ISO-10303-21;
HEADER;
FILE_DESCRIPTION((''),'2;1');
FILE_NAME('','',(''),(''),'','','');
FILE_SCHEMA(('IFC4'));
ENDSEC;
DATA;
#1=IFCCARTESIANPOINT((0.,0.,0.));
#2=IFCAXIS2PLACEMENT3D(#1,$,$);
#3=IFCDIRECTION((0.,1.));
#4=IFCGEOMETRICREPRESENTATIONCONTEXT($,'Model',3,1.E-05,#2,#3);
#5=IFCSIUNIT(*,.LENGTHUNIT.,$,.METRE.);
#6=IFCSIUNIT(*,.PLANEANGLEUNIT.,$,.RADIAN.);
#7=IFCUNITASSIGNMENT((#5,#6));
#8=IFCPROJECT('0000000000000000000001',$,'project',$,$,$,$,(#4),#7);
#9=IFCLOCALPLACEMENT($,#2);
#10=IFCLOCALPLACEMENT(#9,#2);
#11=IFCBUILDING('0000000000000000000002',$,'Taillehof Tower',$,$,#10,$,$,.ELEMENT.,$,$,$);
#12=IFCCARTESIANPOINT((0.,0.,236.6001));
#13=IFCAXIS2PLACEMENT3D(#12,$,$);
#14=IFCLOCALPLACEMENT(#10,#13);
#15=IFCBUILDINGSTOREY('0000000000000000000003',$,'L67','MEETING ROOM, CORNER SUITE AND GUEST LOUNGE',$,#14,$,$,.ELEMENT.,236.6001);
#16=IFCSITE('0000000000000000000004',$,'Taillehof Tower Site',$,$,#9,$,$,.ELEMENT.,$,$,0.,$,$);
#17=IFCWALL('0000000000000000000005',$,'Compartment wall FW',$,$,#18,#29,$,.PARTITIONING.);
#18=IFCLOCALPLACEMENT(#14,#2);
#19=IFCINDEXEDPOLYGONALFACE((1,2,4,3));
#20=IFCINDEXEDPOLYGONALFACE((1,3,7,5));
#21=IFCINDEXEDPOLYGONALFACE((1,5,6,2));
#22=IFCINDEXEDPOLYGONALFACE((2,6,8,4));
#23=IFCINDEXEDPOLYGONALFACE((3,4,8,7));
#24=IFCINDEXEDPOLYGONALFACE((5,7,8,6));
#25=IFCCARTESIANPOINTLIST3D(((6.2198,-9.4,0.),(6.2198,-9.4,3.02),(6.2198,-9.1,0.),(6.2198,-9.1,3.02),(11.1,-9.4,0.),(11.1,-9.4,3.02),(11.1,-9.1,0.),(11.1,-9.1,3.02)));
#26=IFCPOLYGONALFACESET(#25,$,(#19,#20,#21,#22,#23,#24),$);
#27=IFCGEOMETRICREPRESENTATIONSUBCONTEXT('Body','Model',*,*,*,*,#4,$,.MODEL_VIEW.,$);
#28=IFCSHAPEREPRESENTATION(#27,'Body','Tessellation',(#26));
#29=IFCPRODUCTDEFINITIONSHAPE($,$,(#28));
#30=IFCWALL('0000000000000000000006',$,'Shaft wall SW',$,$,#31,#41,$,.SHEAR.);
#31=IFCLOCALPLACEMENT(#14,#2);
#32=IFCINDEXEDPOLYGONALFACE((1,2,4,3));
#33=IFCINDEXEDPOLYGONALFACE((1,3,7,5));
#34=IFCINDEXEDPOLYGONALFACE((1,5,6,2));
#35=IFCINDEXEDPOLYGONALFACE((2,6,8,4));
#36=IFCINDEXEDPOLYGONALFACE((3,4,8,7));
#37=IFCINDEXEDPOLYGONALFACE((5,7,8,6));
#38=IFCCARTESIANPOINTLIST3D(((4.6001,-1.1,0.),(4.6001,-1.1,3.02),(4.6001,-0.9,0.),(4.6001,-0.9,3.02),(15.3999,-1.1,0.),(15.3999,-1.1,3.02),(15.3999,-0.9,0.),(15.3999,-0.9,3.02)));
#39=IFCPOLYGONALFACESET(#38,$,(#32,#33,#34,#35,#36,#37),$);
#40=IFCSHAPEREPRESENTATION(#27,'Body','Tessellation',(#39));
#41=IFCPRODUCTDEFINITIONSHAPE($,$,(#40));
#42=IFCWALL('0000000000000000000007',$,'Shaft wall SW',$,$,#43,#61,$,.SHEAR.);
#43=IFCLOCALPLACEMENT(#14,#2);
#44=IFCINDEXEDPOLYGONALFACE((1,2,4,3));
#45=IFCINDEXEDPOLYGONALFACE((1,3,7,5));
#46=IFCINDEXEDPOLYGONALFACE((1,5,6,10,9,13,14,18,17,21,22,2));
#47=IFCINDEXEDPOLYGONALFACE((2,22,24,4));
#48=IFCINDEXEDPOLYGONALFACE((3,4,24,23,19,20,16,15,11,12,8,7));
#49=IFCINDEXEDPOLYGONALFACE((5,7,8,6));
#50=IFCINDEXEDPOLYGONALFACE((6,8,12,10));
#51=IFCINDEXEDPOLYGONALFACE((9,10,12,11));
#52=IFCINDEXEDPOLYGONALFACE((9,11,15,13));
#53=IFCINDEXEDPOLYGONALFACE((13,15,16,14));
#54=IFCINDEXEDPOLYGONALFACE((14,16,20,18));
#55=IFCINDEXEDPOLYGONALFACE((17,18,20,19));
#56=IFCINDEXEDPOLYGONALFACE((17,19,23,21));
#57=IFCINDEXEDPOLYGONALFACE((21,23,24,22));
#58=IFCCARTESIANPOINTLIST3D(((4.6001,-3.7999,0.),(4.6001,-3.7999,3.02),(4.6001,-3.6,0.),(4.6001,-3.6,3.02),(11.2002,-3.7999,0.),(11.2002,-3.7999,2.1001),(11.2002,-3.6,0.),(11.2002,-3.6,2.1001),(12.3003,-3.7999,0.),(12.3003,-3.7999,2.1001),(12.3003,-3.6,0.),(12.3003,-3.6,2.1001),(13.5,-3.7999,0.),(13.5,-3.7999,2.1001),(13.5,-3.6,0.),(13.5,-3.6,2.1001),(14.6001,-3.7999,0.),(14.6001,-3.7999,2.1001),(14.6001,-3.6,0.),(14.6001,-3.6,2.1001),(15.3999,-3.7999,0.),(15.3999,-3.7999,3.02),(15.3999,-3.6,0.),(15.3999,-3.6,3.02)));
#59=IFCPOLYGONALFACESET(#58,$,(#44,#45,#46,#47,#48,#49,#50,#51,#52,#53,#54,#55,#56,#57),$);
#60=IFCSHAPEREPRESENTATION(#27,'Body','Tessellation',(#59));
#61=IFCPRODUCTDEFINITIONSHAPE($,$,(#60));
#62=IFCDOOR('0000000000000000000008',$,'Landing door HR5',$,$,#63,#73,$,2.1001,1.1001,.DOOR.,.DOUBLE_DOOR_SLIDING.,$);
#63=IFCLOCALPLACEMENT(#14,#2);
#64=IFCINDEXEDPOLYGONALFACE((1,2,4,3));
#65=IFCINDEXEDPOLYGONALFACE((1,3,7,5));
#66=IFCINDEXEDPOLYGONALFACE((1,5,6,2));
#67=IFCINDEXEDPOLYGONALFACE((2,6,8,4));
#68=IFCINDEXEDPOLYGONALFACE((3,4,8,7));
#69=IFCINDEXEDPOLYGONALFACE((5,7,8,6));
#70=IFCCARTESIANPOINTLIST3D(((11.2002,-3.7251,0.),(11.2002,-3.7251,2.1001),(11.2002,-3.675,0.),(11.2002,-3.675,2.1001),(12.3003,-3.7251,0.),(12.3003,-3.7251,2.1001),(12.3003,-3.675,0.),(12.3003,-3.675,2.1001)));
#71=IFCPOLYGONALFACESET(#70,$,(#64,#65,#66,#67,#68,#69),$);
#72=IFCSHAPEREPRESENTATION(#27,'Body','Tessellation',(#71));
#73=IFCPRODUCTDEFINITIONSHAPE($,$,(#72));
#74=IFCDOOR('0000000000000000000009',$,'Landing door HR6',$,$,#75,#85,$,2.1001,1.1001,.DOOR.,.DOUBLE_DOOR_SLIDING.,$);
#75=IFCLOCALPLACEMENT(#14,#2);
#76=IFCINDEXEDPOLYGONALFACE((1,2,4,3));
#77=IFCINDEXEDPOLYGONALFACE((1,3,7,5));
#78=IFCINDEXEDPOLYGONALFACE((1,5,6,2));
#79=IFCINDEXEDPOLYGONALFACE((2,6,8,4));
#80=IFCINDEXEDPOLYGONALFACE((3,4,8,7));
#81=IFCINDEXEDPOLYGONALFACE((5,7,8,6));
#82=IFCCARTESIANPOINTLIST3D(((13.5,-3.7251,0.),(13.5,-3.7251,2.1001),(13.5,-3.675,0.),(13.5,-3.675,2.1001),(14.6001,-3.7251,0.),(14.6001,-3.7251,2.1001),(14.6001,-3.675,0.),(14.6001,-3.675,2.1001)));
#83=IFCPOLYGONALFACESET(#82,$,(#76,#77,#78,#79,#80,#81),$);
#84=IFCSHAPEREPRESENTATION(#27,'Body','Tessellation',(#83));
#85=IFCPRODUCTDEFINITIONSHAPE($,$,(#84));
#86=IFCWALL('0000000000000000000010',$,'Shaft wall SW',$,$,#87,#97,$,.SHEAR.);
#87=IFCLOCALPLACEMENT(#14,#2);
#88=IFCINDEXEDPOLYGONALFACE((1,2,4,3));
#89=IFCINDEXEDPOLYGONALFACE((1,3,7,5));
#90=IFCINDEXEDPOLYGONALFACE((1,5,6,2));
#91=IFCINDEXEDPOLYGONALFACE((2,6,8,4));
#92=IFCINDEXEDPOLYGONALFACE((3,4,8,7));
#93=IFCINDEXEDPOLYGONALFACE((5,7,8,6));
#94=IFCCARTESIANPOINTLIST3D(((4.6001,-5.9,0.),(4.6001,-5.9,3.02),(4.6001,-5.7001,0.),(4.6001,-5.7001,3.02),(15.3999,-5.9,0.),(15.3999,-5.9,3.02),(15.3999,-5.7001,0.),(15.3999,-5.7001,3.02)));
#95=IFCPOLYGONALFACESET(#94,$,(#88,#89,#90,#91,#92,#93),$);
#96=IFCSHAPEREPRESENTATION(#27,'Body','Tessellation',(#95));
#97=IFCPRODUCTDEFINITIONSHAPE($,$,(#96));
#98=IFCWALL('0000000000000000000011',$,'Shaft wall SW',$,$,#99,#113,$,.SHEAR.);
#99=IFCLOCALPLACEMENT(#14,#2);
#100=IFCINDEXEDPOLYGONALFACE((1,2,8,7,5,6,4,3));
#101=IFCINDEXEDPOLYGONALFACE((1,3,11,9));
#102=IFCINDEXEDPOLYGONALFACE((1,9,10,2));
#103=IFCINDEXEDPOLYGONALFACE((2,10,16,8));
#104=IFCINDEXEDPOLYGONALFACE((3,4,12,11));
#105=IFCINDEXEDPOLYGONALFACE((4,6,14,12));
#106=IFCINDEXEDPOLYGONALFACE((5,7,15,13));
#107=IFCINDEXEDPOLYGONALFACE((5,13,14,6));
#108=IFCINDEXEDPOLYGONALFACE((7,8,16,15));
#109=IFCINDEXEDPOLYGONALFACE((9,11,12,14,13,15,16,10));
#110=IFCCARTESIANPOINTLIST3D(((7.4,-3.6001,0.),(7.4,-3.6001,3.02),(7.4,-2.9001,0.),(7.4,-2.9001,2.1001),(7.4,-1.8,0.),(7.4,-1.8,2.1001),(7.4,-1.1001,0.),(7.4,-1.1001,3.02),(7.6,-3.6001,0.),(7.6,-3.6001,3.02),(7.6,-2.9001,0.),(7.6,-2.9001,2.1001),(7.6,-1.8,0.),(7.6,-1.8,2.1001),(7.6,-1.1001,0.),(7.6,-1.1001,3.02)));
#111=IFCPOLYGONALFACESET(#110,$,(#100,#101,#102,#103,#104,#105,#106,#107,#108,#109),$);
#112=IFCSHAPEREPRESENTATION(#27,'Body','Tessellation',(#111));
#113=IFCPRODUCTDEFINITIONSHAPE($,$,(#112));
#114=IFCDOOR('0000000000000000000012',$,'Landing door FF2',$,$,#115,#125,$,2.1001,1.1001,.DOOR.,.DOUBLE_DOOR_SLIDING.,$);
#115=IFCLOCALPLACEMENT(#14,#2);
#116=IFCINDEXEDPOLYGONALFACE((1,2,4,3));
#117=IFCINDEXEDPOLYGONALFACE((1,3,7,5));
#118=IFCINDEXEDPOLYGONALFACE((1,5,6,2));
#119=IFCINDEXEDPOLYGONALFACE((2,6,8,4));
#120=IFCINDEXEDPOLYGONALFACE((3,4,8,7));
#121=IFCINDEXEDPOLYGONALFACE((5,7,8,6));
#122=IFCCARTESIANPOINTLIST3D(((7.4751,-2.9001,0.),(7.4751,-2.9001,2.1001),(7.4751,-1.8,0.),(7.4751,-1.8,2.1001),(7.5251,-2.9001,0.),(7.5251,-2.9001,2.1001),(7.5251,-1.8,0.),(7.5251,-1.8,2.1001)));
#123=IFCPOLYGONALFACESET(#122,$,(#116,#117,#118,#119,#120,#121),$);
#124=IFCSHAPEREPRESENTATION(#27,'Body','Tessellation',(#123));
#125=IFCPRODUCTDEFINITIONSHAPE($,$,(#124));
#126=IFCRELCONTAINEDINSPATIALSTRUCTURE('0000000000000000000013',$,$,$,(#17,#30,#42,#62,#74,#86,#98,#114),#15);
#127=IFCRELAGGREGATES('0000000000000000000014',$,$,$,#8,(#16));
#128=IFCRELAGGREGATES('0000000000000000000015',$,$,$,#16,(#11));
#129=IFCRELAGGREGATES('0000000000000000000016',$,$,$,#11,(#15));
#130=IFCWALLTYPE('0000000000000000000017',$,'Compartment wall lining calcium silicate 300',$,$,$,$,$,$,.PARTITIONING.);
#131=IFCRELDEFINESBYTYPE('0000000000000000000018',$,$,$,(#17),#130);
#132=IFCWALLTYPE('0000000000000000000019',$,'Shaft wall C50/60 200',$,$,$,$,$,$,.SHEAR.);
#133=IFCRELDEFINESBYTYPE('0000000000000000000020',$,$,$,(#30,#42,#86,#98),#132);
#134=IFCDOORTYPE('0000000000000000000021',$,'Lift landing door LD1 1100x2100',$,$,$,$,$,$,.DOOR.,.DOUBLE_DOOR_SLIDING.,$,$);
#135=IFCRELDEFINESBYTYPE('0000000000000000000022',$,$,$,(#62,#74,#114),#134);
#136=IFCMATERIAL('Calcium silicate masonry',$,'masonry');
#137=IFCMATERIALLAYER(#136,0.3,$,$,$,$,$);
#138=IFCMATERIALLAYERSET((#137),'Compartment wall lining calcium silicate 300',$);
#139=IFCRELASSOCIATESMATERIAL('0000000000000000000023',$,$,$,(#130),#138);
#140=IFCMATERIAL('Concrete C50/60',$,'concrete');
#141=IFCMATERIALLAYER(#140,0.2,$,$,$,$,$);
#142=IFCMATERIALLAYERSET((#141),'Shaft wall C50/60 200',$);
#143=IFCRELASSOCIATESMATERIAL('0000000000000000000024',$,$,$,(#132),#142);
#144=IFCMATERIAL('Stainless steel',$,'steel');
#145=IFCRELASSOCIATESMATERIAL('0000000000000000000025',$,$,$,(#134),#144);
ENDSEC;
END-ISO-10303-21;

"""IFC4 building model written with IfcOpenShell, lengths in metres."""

from ifc_helpers import new_model, si_unit, direction, frame, frame_2d, origin, place, context, subcontext, project, spatial, rectangle, extrude, material, layer, layer_set, type_object, element, fill, save


model = new_model("IFC4")

# Units and contexts
model_context = context("Model", 3, precision=1e-05, world=origin(), true_north=direction((0.0, 1.0)))
body_context = subcontext(model_context, "Body", "Model", "MODEL_VIEW")
ifc_project = project(units=[si_unit("LENGTHUNIT", "METRE"), si_unit("PLANEANGLEUNIT", "RADIAN")], contexts=[model_context])

# Site, building, storey
site_placement = place(None, origin())
site = spatial("IfcSite", under=ifc_project, at=site_placement, Name="Taillehof Tower Site", CompositionType="ELEMENT", RefElevation=0.0)
building_placement = place(site_placement, origin())
building = spatial("IfcBuilding", under=site, at=building_placement, Name="Taillehof Tower", CompositionType="ELEMENT")
storey_placement = place(building_placement, frame((0.0, 0.0, 236.6001)))
storey = spatial("IfcBuildingStorey", under=building, at=storey_placement, Name="L67", Description="MEETING ROOM, CORNER SUITE AND GUEST LOUNGE", CompositionType="ELEMENT", Elevation=236.6001)

# Walls
ifc_material_1 = material(Name="Calcium silicate masonry", Category="masonry")
ifc_layer_1 = layer(ifc_material_1, 0.3)
ifc_layer_set_1 = layer_set([ifc_layer_1], Name="Compartment wall lining calcium silicate 300")
wall_type_1 = type_object("IfcWallType", Name="Compartment wall lining calcium silicate 300", PredefinedType="PARTITIONING", material=ifc_layer_set_1)
wall_1_placement = place(storey_placement, frame((6.22, -9.25, 0.0), z_axis=(0.0, 0.0, 1.0), x_axis=(1.0, 0.0, 0.0)))
element("IfcWall", 1, at=wall_1_placement, inside=storey, type_object=wall_type_1, Name="Compartment wall FW", PredefinedType="PARTITIONING", context=body_context, shape_type="SweptSolid", body=[
    extrude(rectangle(XDim=4.8801, YDim=0.3, at=frame_2d((2.4399, 0.0))), origin(), (0.0, 0.0, 1.0), 3.02),
])
ifc_material_2 = material(Name="Concrete C50/60", Category="concrete")
ifc_layer_2 = layer(ifc_material_2, 0.2)
ifc_layer_set_2 = layer_set([ifc_layer_2], Name="Shaft wall C50/60 200")
wall_type_2 = type_object("IfcWallType", Name="Shaft wall C50/60 200", PredefinedType="SHEAR", material=ifc_layer_set_2)
wall_2_placement = place(storey_placement, frame((4.6001, -1.0, 0.0), z_axis=(0.0, 0.0, 1.0), x_axis=(1.0, 0.0, 0.0)))
element("IfcWall", 2, at=wall_2_placement, inside=storey, type_object=wall_type_2, Name="Shaft wall SW", PredefinedType="SHEAR", context=body_context, shape_type="SweptSolid", body=[
    extrude(rectangle(XDim=10.7998, YDim=0.2, at=frame_2d((5.3999, 0.0))), origin(), (0.0, 0.0, 1.0), 3.02),
])

# Wall, openings, doors
wall_3_placement = place(storey_placement, frame((4.6001, -3.7, 0.0), z_axis=(0.0, 0.0, 1.0), x_axis=(1.0, 0.0, 0.0)))
wall_3 = element("IfcWall", 3, at=wall_3_placement, inside=storey, type_object=wall_type_2, Name="Shaft wall SW", PredefinedType="SHEAR", context=body_context, shape_type="SweptSolid", body=[
    extrude(rectangle(XDim=10.7998, YDim=0.2, at=frame_2d((5.3999, 0.0))), origin(), (0.0, 0.0, 1.0), 3.02),
])
opening_1_placement = place(wall_3_placement, frame((6.6001, 0.0, 0.0)))
opening_1 = element("IfcOpeningElement", 4, at=opening_1_placement, cuts=wall_3, PredefinedType="OPENING", context=body_context, shape_type="SweptSolid", body=[
    extrude(rectangle(XDim=1.1001, YDim=2.1001, at=frame_2d((0.55, 1.05))), frame((0.0, 0.1099, 0.0), z_axis=(0.0, -1.0, 0.0), x_axis=(1.0, 0.0, 0.0)), (0.0, 0.0, 1.0), 0.22),
])
opening_2_placement = place(wall_3_placement, frame((8.8999, 0.0, 0.0)))
opening_2 = element("IfcOpeningElement", 5, at=opening_2_placement, cuts=wall_3, PredefinedType="OPENING", context=body_context, shape_type="SweptSolid", body=[
    extrude(rectangle(XDim=1.1001, YDim=2.1001, at=frame_2d((0.55, 1.05))), frame((0.0, 0.1099, 0.0), z_axis=(0.0, -1.0, 0.0), x_axis=(1.0, 0.0, 0.0)), (0.0, 0.0, 1.0), 0.22),
])
ifc_material_3 = material(Name="Stainless steel", Category="steel")
door_type_1 = type_object("IfcDoorType", Name="Lift landing door LD1 1100x2100", OperationType="DOUBLE_DOOR_SLIDING", PredefinedType="DOOR", material=ifc_material_3)
door_1_placement = place(opening_1_placement, origin())
door_1 = element("IfcDoor", 6, at=door_1_placement, inside=storey, type_object=door_type_1, Name="Landing door HR5", OperationType="DOUBLE_DOOR_SLIDING", OverallHeight=2.1001, OverallWidth=1.1001, PredefinedType="DOOR", context=body_context, shape_type="SweptSolid", body=[
    extrude(rectangle(XDim=1.1001, YDim=2.1001, at=frame_2d((0.55, 1.05))), frame((0.0, 0.0249, 0.0), z_axis=(0.0, -1.0, 0.0), x_axis=(1.0, 0.0, 0.0)), (0.0, 0.0, 1.0), 0.05),
])
fill(opening_1, door_1)
door_2_placement = place(opening_2_placement, origin())
door_2 = element("IfcDoor", 7, at=door_2_placement, inside=storey, type_object=door_type_1, Name="Landing door HR6", OperationType="DOUBLE_DOOR_SLIDING", OverallHeight=2.1001, OverallWidth=1.1001, PredefinedType="DOOR", context=body_context, shape_type="SweptSolid", body=[
    extrude(rectangle(XDim=1.1001, YDim=2.1001, at=frame_2d((0.55, 1.05))), frame((0.0, 0.0249, 0.0), z_axis=(0.0, -1.0, 0.0), x_axis=(1.0, 0.0, 0.0)), (0.0, 0.0, 1.0), 0.05),
])
fill(opening_2, door_2)

# Wall
wall_4_placement = place(storey_placement, frame((4.6001, -5.8, 0.0), z_axis=(0.0, 0.0, 1.0), x_axis=(1.0, 0.0, 0.0)))
element("IfcWall", 8, at=wall_4_placement, inside=storey, type_object=wall_type_2, Name="Shaft wall SW", PredefinedType="SHEAR", context=body_context, shape_type="SweptSolid", body=[
    extrude(rectangle(XDim=10.7998, YDim=0.2, at=frame_2d((5.3999, 0.0))), origin(), (0.0, 0.0, 1.0), 3.02),
])

# Wall, opening, door
wall_5_placement = place(storey_placement, frame((7.5, -3.6001, 0.0), z_axis=(0.0, 0.0, 1.0), x_axis=(0.0, 1.0, 0.0)))
wall_5 = element("IfcWall", 9, at=wall_5_placement, inside=storey, type_object=wall_type_2, Name="Shaft wall SW", PredefinedType="SHEAR", context=body_context, shape_type="SweptSolid", body=[
    extrude(rectangle(XDim=2.5, YDim=0.2, at=frame_2d((1.25, 0.0))), origin(), (0.0, 0.0, 1.0), 3.02),
])
opening_3_placement = place(wall_5_placement, frame((0.7, 0.0, 0.0)))
opening_3 = element("IfcOpeningElement", 10, at=opening_3_placement, cuts=wall_5, PredefinedType="OPENING", context=body_context, shape_type="SweptSolid", body=[
    extrude(rectangle(XDim=1.1001, YDim=2.1001, at=frame_2d((0.55, 1.05))), frame((0.0, 0.1099, 0.0), z_axis=(0.0, -1.0, 0.0), x_axis=(1.0, 0.0, 0.0)), (0.0, 0.0, 1.0), 0.22),
])
door_3_placement = place(opening_3_placement, origin())
door_3 = element("IfcDoor", 11, at=door_3_placement, inside=storey, type_object=door_type_1, Name="Landing door FF2", OperationType="DOUBLE_DOOR_SLIDING", OverallHeight=2.1001, OverallWidth=1.1001, PredefinedType="DOOR", context=body_context, shape_type="SweptSolid", body=[
    extrude(rectangle(XDim=1.1001, YDim=2.1001, at=frame_2d((0.55, 1.05))), frame((0.0, 0.0249, 0.0), z_axis=(0.0, -1.0, 0.0), x_axis=(1.0, 0.0, 0.0)), (0.0, 0.0, 1.0), 0.05),
])
fill(opening_3, door_3)

save(model, "model.ifc")
